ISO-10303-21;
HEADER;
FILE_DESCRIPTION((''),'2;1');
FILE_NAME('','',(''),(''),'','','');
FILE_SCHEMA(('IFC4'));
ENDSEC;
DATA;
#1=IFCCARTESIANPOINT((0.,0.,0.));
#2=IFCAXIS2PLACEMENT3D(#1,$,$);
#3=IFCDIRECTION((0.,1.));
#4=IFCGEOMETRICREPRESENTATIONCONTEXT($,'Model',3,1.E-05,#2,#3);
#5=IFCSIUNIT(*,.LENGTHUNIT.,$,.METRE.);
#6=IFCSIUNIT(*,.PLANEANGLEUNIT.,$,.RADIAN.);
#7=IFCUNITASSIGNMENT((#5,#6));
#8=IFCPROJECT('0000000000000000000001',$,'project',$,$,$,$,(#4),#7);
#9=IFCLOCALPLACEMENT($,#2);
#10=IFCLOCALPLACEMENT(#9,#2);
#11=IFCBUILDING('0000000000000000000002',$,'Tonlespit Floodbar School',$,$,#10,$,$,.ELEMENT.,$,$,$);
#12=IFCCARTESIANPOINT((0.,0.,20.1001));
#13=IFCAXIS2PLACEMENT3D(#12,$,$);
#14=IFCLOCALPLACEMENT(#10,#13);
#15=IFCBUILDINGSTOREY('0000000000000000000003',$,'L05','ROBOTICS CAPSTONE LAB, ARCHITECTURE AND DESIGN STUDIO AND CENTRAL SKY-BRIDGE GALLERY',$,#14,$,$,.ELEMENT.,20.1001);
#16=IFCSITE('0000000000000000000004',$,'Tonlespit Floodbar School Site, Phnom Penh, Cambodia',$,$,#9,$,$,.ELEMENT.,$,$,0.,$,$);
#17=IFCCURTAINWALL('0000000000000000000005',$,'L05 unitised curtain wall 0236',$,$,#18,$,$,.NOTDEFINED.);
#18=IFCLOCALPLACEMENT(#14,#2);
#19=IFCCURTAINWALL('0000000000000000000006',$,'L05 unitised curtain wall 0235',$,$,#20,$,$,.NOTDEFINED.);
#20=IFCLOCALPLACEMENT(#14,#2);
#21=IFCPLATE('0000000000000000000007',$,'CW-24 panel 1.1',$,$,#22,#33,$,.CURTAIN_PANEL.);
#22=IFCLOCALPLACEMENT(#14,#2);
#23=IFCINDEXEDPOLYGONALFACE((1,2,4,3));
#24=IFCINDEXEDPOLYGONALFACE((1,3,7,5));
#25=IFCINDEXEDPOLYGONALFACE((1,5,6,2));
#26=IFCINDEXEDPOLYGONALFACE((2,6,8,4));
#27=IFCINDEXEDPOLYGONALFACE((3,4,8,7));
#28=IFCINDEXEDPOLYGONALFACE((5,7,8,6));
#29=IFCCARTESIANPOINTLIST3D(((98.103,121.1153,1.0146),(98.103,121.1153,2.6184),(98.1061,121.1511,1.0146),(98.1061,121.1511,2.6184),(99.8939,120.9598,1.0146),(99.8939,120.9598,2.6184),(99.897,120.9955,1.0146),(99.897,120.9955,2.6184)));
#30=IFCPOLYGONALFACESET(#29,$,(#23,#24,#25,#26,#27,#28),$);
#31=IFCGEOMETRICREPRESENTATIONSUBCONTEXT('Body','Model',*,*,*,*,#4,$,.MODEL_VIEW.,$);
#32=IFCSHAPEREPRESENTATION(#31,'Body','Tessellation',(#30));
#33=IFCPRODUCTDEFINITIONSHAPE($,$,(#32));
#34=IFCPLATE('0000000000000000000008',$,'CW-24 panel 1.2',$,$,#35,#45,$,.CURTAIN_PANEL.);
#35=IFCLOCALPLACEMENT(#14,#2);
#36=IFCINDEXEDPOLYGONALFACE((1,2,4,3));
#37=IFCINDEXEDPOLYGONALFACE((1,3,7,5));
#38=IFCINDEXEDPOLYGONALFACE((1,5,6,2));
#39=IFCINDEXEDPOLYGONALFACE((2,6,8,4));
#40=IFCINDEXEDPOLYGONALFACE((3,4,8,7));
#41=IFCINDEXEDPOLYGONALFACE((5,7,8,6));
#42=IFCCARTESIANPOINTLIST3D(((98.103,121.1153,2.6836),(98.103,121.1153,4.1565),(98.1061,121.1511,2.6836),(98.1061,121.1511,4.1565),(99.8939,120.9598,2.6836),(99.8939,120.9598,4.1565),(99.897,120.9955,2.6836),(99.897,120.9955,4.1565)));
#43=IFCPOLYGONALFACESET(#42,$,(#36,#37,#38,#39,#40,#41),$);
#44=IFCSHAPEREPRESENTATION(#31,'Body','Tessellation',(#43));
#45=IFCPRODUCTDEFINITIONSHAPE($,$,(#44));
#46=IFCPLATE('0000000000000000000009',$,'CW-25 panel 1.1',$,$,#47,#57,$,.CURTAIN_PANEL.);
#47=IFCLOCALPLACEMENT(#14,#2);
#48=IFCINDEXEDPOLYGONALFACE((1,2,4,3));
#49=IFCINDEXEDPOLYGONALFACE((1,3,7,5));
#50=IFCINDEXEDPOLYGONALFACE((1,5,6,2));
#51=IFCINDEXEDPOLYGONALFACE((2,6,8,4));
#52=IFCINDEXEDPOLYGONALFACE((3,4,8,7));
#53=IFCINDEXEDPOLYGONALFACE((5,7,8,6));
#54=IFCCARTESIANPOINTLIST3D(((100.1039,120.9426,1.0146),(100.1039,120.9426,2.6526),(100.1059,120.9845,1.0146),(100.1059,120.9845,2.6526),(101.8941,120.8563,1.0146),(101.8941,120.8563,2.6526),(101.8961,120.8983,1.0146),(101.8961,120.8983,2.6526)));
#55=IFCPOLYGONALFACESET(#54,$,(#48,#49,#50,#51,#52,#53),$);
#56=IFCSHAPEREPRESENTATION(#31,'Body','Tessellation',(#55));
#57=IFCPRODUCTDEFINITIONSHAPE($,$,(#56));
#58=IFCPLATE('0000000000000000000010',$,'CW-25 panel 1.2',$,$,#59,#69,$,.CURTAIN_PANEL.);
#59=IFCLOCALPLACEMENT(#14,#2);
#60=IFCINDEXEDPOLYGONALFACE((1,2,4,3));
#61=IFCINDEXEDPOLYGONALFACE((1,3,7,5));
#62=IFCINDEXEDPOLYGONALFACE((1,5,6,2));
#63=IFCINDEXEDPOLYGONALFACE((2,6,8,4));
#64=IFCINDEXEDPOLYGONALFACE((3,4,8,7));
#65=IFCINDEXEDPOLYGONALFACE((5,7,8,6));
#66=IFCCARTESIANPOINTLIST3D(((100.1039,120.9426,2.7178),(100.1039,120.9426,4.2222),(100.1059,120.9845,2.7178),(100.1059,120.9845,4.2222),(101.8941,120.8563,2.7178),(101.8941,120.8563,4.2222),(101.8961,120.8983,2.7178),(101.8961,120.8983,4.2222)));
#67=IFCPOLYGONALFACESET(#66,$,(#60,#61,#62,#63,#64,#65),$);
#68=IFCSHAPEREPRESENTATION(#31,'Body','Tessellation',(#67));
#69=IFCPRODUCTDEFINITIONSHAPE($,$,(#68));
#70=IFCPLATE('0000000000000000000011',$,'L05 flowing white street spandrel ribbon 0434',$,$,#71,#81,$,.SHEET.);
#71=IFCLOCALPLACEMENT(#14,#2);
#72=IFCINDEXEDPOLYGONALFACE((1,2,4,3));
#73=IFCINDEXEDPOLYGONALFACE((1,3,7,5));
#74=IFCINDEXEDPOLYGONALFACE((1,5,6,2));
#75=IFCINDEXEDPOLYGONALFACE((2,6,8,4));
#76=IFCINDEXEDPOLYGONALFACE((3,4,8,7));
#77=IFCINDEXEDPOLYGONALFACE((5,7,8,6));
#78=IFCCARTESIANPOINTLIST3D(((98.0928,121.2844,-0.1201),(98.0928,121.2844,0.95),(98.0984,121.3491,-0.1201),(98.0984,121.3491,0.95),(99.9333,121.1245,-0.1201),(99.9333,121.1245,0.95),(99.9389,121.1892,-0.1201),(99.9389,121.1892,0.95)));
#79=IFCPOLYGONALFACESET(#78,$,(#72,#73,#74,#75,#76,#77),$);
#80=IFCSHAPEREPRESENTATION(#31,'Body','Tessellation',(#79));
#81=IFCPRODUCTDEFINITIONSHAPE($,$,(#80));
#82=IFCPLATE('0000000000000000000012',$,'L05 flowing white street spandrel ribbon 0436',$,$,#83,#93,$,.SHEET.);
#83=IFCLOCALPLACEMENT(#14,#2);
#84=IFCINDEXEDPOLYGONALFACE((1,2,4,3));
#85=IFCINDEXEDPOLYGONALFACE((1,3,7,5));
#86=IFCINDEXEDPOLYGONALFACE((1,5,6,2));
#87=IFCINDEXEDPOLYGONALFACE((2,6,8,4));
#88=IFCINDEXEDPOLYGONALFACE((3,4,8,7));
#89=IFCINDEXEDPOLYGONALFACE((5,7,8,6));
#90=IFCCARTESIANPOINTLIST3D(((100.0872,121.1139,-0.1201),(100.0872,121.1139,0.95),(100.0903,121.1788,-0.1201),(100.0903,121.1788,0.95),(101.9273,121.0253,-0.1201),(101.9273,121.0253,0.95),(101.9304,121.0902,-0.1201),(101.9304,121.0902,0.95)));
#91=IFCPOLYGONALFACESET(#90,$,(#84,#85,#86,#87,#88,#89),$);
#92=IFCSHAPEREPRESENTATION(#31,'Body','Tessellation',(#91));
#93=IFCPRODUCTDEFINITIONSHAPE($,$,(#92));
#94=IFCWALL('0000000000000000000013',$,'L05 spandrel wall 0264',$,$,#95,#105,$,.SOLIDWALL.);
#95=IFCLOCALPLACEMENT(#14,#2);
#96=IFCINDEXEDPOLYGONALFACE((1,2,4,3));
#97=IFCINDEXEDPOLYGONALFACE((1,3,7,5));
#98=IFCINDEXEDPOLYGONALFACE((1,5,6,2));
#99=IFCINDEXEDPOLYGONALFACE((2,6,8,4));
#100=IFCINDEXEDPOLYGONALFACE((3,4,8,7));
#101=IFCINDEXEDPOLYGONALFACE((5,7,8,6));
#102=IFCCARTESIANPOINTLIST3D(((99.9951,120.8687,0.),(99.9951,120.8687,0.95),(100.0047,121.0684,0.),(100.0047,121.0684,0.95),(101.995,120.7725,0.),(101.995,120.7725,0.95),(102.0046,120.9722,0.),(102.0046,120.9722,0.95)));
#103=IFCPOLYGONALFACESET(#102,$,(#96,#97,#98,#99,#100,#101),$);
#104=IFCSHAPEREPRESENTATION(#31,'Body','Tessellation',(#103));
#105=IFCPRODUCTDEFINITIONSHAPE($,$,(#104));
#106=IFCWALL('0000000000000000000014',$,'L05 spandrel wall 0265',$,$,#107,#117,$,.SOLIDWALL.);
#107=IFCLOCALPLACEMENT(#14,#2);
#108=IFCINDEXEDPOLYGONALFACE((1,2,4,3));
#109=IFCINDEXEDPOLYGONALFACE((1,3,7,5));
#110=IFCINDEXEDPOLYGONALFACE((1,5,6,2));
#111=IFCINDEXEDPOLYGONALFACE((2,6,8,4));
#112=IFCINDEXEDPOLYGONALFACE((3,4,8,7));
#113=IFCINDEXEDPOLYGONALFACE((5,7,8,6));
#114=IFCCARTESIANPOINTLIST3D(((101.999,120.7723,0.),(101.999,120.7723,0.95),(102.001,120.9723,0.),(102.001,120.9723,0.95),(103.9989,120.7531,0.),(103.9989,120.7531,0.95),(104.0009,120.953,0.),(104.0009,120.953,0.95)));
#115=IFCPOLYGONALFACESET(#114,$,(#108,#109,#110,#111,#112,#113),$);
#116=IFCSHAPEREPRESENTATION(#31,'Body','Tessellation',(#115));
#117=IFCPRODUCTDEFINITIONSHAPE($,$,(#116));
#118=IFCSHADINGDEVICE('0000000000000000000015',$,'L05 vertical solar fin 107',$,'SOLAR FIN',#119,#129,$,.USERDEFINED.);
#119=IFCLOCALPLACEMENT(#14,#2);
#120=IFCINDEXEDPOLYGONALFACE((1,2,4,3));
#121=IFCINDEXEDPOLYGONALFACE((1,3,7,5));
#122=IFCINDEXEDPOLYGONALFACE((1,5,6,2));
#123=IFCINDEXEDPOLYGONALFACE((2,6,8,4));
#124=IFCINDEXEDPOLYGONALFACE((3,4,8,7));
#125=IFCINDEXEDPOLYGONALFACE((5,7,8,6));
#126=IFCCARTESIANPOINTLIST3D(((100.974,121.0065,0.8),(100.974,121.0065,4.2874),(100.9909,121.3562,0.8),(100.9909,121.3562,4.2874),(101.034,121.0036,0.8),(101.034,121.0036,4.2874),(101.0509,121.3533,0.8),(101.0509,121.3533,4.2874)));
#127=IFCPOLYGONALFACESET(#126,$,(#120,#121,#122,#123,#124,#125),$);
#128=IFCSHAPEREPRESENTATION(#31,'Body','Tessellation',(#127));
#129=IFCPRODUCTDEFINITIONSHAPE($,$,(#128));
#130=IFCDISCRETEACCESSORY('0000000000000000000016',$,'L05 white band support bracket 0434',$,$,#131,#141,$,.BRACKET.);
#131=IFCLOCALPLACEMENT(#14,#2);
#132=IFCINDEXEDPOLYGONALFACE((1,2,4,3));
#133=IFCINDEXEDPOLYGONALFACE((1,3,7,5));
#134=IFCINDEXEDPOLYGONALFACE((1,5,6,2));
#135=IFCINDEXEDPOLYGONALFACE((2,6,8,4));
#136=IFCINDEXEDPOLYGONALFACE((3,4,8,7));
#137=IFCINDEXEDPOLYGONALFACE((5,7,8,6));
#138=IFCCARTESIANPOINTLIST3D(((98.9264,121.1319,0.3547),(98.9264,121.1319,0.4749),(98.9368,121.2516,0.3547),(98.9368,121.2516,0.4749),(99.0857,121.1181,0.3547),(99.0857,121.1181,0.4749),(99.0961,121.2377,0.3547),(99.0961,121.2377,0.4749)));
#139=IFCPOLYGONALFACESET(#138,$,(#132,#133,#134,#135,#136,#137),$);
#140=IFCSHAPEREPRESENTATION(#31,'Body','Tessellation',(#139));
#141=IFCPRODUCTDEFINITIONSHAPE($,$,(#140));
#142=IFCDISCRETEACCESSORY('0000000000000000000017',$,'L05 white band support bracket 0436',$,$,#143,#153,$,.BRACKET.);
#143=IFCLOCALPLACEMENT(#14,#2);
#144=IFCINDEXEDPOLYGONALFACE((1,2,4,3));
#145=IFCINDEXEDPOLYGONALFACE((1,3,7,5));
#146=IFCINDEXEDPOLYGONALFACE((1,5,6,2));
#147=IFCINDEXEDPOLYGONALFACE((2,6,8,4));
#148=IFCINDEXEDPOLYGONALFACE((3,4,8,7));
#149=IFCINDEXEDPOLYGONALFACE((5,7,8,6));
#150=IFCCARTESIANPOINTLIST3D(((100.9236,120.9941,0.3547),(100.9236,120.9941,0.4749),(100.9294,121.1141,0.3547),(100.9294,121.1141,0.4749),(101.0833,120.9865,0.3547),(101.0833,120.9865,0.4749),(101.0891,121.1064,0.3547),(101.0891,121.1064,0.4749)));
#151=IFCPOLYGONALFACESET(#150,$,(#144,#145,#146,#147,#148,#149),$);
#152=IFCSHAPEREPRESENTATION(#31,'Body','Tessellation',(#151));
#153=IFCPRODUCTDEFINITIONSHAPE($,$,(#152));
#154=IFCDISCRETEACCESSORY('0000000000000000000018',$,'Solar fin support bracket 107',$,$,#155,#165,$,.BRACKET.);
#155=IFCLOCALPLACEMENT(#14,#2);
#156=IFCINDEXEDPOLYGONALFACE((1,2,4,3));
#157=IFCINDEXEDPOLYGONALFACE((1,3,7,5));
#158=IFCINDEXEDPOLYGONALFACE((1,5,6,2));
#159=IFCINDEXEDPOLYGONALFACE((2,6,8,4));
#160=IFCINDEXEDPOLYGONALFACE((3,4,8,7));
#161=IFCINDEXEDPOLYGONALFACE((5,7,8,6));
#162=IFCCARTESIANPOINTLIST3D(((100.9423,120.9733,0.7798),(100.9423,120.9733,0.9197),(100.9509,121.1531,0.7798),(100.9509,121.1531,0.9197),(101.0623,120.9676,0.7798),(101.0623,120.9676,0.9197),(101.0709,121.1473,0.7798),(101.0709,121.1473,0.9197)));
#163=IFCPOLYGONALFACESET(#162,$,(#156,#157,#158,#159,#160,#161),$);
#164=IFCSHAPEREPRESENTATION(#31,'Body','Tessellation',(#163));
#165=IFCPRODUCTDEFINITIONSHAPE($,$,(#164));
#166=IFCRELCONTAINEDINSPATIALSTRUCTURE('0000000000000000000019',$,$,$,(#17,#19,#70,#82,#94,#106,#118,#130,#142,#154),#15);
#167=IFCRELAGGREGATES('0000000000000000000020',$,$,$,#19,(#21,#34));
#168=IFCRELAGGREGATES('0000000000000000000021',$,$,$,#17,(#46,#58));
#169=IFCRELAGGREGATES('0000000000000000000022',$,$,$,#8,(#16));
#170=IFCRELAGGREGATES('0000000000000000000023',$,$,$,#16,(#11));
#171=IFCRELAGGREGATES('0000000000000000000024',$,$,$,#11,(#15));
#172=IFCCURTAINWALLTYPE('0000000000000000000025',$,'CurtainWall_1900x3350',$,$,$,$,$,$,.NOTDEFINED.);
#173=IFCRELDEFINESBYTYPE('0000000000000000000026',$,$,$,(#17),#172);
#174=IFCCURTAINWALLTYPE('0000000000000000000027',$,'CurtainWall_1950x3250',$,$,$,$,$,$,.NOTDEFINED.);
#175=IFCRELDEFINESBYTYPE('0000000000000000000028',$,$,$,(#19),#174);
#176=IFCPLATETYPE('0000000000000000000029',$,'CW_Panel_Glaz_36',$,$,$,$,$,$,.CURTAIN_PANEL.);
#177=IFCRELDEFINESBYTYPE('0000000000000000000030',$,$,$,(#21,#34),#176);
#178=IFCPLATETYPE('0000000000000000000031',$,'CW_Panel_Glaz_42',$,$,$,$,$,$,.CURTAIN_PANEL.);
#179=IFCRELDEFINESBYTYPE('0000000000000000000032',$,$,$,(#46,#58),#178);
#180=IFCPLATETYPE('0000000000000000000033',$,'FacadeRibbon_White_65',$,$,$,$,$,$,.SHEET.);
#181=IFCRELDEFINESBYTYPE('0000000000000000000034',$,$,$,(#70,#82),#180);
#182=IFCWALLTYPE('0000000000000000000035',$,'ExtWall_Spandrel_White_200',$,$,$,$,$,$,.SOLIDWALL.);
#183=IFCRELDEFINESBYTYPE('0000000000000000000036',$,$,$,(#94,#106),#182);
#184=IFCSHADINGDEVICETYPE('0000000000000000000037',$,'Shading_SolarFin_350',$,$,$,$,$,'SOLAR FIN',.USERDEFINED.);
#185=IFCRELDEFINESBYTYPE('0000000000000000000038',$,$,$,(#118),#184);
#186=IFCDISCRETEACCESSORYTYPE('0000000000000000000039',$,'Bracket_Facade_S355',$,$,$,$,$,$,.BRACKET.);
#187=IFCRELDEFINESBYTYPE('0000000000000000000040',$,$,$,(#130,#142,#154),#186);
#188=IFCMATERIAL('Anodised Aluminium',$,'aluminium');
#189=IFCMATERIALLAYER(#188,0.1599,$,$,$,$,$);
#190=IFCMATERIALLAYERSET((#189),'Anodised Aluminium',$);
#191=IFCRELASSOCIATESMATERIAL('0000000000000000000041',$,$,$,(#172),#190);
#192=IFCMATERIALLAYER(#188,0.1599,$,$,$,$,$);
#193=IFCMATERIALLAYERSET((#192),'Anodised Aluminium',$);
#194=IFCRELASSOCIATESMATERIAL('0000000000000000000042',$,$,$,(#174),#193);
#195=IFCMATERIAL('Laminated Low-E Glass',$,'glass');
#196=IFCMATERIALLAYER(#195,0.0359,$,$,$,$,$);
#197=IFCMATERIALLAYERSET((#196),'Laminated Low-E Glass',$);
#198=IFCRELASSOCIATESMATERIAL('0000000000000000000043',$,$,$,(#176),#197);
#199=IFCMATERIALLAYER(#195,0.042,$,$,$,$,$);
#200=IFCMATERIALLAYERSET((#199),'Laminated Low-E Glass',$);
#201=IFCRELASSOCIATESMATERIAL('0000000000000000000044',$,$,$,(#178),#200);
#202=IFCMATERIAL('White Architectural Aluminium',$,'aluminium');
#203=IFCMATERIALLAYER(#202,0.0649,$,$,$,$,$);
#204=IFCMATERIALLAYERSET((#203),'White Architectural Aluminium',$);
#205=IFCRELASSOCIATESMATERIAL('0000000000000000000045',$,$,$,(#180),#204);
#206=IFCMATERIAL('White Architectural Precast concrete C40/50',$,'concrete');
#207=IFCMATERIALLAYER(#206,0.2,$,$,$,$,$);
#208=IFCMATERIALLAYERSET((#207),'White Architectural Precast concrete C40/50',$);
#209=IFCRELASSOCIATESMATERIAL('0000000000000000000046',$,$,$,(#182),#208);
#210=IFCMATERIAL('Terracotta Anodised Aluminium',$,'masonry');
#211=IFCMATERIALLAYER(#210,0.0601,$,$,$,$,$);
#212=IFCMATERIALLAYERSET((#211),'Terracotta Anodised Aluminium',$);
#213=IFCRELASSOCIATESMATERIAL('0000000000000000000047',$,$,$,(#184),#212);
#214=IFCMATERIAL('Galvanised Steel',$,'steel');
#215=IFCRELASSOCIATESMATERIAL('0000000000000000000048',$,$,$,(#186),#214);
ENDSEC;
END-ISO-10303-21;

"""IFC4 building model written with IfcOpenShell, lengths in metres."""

from ifc_helpers import new_model, si_unit, direction, frame, frame_2d, origin, origin_2d, place, context, subcontext, project, spatial, rectangle, extrude, material, layer, layer_set, type_object, element, aggregate, save


model = new_model("IFC4")

# Units and contexts
model_context = context("Model", 3, precision=1e-05, world=origin(), true_north=direction((0.0, 1.0)))
body_context = subcontext(model_context, "Body", "Model", "MODEL_VIEW")
ifc_project = project(units=[si_unit("LENGTHUNIT", "METRE"), si_unit("PLANEANGLEUNIT", "RADIAN")], contexts=[model_context])

# Site, building, storey
site_placement = place(None, origin())
site = spatial("IfcSite", under=ifc_project, at=site_placement, Name="Tonlespit Floodbar School Site, Phnom Penh, Cambodia", CompositionType="ELEMENT", RefElevation=0.0)
building_placement = place(site_placement, origin())
building = spatial("IfcBuilding", under=site, at=building_placement, Name="Tonlespit Floodbar School", CompositionType="ELEMENT")
storey_placement = place(building_placement, frame((0.0, 0.0, 20.1001)))
storey = spatial("IfcBuildingStorey", under=building, at=storey_placement, Name="L05", Description="ROBOTICS CAPSTONE LAB, ARCHITECTURE AND DESIGN STUDIO AND CENTRAL SKY-BRIDGE GALLERY", CompositionType="ELEMENT", Elevation=20.1001)

# Curtain walls
ifc_material_1 = material(Name="Anodised Aluminium", Category="aluminium")
ifc_layer_1 = layer(ifc_material_1, 0.1599)
ifc_layer_set_1 = layer_set([ifc_layer_1], Name="Anodised Aluminium")
curtain_wall_type_1 = type_object("IfcCurtainWallType", Name="CurtainWall_1900x3350", PredefinedType="NOTDEFINED", material=ifc_layer_set_1)
curtain_wall_1_placement = place(storey_placement, origin())
curtain_wall_1 = element("IfcCurtainWall", 1, at=curtain_wall_1_placement, inside=storey, type_object=curtain_wall_type_1, Name="L05 unitised curtain wall 0236", PredefinedType="NOTDEFINED")
ifc_layer_2 = layer(ifc_material_1, 0.1599)
ifc_layer_set_2 = layer_set([ifc_layer_2], Name="Anodised Aluminium")
curtain_wall_type_2 = type_object("IfcCurtainWallType", Name="CurtainWall_1950x3250", PredefinedType="NOTDEFINED", material=ifc_layer_set_2)
curtain_wall_2_placement = place(storey_placement, origin())
curtain_wall_2 = element("IfcCurtainWall", 2, at=curtain_wall_2_placement, inside=storey, type_object=curtain_wall_type_2, Name="L05 unitised curtain wall 0235", PredefinedType="NOTDEFINED")

# Plates
ifc_material_2 = material(Name="Laminated Low-E Glass", Category="glass")
ifc_layer_3 = layer(ifc_material_2, 0.0359)
ifc_layer_set_3 = layer_set([ifc_layer_3], Name="Laminated Low-E Glass")
plate_type_1 = type_object("IfcPlateType", Name="CW_Panel_Glaz_36", PredefinedType="CURTAIN_PANEL", material=ifc_layer_set_3)
plate_1_placement = place(storey_placement, frame((99.0, 121.0554, 1.0146), z_axis=(0.0, 0.0, 1.0), x_axis=(0.996249, -0.086531, 0.0)))
plate_1 = element("IfcPlate", 3, at=plate_1_placement, type_object=plate_type_1, Name="CW-24 panel 1.1", PredefinedType="CURTAIN_PANEL", context=body_context, shape_type="SweptSolid", body=[
    extrude(rectangle(XDim=1.7976, YDim=0.0359, at=origin_2d()), origin(), (0.0, 0.0, 1.0), 1.6038),
])
plate_2_placement = place(storey_placement, frame((99.0, 121.0554, 2.6836), z_axis=(0.0, 0.0, 1.0), x_axis=(0.996249, -0.086531, 0.0)))
plate_2 = element("IfcPlate", 4, at=plate_2_placement, type_object=plate_type_1, Name="CW-24 panel 1.2", PredefinedType="CURTAIN_PANEL", context=body_context, shape_type="SweptSolid", body=[
    extrude(rectangle(XDim=1.7976, YDim=0.0359, at=origin_2d()), origin(), (0.0, 0.0, 1.0), 1.4729),
])
aggregate(curtain_wall_2, [plate_1, plate_2])
ifc_layer_4 = layer(ifc_material_2, 0.042)
ifc_layer_set_4 = layer_set([ifc_layer_4], Name="Laminated Low-E Glass")
plate_type_2 = type_object("IfcPlateType", Name="CW_Panel_Glaz_42", PredefinedType="CURTAIN_PANEL", material=ifc_layer_set_4)
plate_3_placement = place(storey_placement, frame((101.0, 120.9204, 1.0146), z_axis=(0.0, 0.0, 1.0), x_axis=(0.998842, -0.048121, 0.0)))
plate_3 = element("IfcPlate", 5, at=plate_3_placement, type_object=plate_type_2, Name="CW-25 panel 1.1", PredefinedType="CURTAIN_PANEL", context=body_context, shape_type="SweptSolid", body=[
    extrude(rectangle(XDim=1.7922, YDim=0.042, at=origin_2d()), origin(), (0.0, 0.0, 1.0), 1.6379),
])
plate_4_placement = place(storey_placement, frame((101.0, 120.9204, 2.7178), z_axis=(0.0, 0.0, 1.0), x_axis=(0.998842, -0.048121, 0.0)))
plate_4 = element("IfcPlate", 6, at=plate_4_placement, type_object=plate_type_2, Name="CW-25 panel 1.2", PredefinedType="CURTAIN_PANEL", context=body_context, shape_type="SweptSolid", body=[
    extrude(rectangle(XDim=1.7922, YDim=0.042, at=origin_2d()), origin(), (0.0, 0.0, 1.0), 1.5044),
])
aggregate(curtain_wall_1, [plate_3, plate_4])

# Plates
ifc_material_3 = material(Name="White Architectural Aluminium", Category="aluminium")
ifc_layer_5 = layer(ifc_material_3, 0.0649)
ifc_layer_set_5 = layer_set([ifc_layer_5], Name="White Architectural Aluminium")
plate_type_3 = type_object("IfcPlateType", Name="FacadeRibbon_White_65", PredefinedType="SHEET", material=ifc_layer_set_5)
plate_5_placement = place(storey_placement, frame((99.0159, 121.2368, -0.1201), z_axis=(0.0, 0.0, 1.0), x_axis=(0.996245, -0.086573, 0.0)))
element("IfcPlate", 7, at=plate_5_placement, inside=storey, type_object=plate_type_3, Name="L05 flowing white street spandrel ribbon 0434", PredefinedType="SHEET", context=body_context, shape_type="SweptSolid", body=[
    extrude(rectangle(XDim=1.8474, YDim=0.0649, at=origin_2d()), origin(), (0.0, 0.0, 1.0), 1.0701),
])
plate_6_placement = place(storey_placement, frame((101.0088, 121.1021, -0.1201), z_axis=(0.0, 0.0, 1.0), x_axis=(0.998843, -0.048095, 0.0)))
element("IfcPlate", 8, at=plate_6_placement, inside=storey, type_object=plate_type_3, Name="L05 flowing white street spandrel ribbon 0436", PredefinedType="SHEET", context=body_context, shape_type="SweptSolid", body=[
    extrude(rectangle(XDim=1.8423, YDim=0.0649, at=origin_2d()), origin(), (0.0, 0.0, 1.0), 1.0701),
])

# Walls
ifc_material_4 = material(Name="White Architectural Precast concrete C40/50", Category="concrete")
ifc_layer_6 = layer(ifc_material_4, 0.2)
ifc_layer_set_6 = layer_set([ifc_layer_6], Name="White Architectural Precast concrete C40/50")
wall_type = type_object("IfcWallType", Name="ExtWall_Spandrel_White_200", PredefinedType="SOLIDWALL", material=ifc_layer_set_6)
wall_1_placement = place(storey_placement, frame((100.0, 120.9685, 0.0), z_axis=(0.0, 0.0, 1.0), x_axis=(0.998845, -0.04804, 0.0)))
element("IfcWall", 9, at=wall_1_placement, inside=storey, type_object=wall_type, Name="L05 spandrel wall 0264", PredefinedType="SOLIDWALL", context=body_context, shape_type="SweptSolid", body=[
    extrude(rectangle(XDim=2.0022, YDim=0.2, at=frame_2d((1.001, 0.0))), origin(), (0.0, 0.0, 1.0), 0.95),
])
wall_2_placement = place(storey_placement, frame((102.0, 120.8723, 0.0), z_axis=(0.0, 0.0, 1.0), x_axis=(0.999954, -0.009643, 0.0)))
element("IfcWall", 10, at=wall_2_placement, inside=storey, type_object=wall_type, Name="L05 spandrel wall 0265", PredefinedType="SOLIDWALL", context=body_context, shape_type="SweptSolid", body=[
    extrude(rectangle(XDim=2.0, YDim=0.2, at=frame_2d((1.0, 0.0))), origin(), (0.0, 0.0, 1.0), 0.95),
])

# Shading device
ifc_material_5 = material(Name="Terracotta Anodised Aluminium", Category="masonry")
ifc_layer_7 = layer(ifc_material_5, 0.0601)
ifc_layer_set_7 = layer_set([ifc_layer_7], Name="Terracotta Anodised Aluminium")
shading_device_type = type_object("IfcShadingDeviceType", Name="Shading_SolarFin_350", ElementType="SOLAR FIN", PredefinedType="USERDEFINED", material=ifc_layer_set_7)
shading_device_placement = place(storey_placement, frame((101.0125, 121.1799, 0.8), z_axis=(0.0, 0.0, 1.0), x_axis=(0.998843, -0.048095, 0.0)))
element("IfcShadingDevice", 11, at=shading_device_placement, inside=storey, type_object=shading_device_type, Name="L05 vertical solar fin 107", ObjectType="SOLAR FIN", PredefinedType="USERDEFINED", context=body_context, shape_type="SweptSolid", body=[
    extrude(rectangle(XDim=0.0601, YDim=0.3501, at=origin_2d()), origin(), (0.0, 0.0, 1.0), 3.4873),
])

# Discrete accessories
ifc_material_6 = material(Name="Galvanised Steel", Category="steel")
discrete_accessory_type = type_object("IfcDiscreteAccessoryType", Name="Bracket_Facade_S355", PredefinedType="BRACKET", material=ifc_material_6)
for number, where, z_axis, x_axis, name in (
    (12, (99.0112, 121.1848, 0.3547), (0.0, 0.0, 1.0), (0.996245, -0.086573, 0.0), "L05 white band support bracket 0434"),
    (13, (101.0063, 121.0503, 0.3547), (0.0, 0.0, 1.0), (0.998843, -0.048095, 0.0), "L05 white band support bracket 0436"),
):
    element("IfcDiscreteAccessory", number, at=place(storey_placement, frame(where, z_axis=z_axis, x_axis=x_axis)), inside=storey, type_object=discrete_accessory_type, Name=name, PredefinedType="BRACKET", context=body_context, shape_type="SweptSolid", body=[
        extrude(rectangle(XDim=0.1599, YDim=0.1201, at=origin_2d()), origin(), (0.0, 0.0, 1.0), 0.1201),
    ])
discrete_accessory_placement = place(storey_placement, frame((101.0066, 121.0603, 0.7798), z_axis=(0.0, 0.0, 1.0), x_axis=(0.998843, -0.048095, 0.0)))
element("IfcDiscreteAccessory", 14, at=discrete_accessory_placement, inside=storey, type_object=discrete_accessory_type, Name="Solar fin support bracket 107", PredefinedType="BRACKET", context=body_context, shape_type="SweptSolid", body=[
    extrude(rectangle(XDim=0.1201, YDim=0.1799, at=origin_2d()), origin(), (0.0, 0.0, 1.0), 0.1399),
])

save(model, "model.ifc")
